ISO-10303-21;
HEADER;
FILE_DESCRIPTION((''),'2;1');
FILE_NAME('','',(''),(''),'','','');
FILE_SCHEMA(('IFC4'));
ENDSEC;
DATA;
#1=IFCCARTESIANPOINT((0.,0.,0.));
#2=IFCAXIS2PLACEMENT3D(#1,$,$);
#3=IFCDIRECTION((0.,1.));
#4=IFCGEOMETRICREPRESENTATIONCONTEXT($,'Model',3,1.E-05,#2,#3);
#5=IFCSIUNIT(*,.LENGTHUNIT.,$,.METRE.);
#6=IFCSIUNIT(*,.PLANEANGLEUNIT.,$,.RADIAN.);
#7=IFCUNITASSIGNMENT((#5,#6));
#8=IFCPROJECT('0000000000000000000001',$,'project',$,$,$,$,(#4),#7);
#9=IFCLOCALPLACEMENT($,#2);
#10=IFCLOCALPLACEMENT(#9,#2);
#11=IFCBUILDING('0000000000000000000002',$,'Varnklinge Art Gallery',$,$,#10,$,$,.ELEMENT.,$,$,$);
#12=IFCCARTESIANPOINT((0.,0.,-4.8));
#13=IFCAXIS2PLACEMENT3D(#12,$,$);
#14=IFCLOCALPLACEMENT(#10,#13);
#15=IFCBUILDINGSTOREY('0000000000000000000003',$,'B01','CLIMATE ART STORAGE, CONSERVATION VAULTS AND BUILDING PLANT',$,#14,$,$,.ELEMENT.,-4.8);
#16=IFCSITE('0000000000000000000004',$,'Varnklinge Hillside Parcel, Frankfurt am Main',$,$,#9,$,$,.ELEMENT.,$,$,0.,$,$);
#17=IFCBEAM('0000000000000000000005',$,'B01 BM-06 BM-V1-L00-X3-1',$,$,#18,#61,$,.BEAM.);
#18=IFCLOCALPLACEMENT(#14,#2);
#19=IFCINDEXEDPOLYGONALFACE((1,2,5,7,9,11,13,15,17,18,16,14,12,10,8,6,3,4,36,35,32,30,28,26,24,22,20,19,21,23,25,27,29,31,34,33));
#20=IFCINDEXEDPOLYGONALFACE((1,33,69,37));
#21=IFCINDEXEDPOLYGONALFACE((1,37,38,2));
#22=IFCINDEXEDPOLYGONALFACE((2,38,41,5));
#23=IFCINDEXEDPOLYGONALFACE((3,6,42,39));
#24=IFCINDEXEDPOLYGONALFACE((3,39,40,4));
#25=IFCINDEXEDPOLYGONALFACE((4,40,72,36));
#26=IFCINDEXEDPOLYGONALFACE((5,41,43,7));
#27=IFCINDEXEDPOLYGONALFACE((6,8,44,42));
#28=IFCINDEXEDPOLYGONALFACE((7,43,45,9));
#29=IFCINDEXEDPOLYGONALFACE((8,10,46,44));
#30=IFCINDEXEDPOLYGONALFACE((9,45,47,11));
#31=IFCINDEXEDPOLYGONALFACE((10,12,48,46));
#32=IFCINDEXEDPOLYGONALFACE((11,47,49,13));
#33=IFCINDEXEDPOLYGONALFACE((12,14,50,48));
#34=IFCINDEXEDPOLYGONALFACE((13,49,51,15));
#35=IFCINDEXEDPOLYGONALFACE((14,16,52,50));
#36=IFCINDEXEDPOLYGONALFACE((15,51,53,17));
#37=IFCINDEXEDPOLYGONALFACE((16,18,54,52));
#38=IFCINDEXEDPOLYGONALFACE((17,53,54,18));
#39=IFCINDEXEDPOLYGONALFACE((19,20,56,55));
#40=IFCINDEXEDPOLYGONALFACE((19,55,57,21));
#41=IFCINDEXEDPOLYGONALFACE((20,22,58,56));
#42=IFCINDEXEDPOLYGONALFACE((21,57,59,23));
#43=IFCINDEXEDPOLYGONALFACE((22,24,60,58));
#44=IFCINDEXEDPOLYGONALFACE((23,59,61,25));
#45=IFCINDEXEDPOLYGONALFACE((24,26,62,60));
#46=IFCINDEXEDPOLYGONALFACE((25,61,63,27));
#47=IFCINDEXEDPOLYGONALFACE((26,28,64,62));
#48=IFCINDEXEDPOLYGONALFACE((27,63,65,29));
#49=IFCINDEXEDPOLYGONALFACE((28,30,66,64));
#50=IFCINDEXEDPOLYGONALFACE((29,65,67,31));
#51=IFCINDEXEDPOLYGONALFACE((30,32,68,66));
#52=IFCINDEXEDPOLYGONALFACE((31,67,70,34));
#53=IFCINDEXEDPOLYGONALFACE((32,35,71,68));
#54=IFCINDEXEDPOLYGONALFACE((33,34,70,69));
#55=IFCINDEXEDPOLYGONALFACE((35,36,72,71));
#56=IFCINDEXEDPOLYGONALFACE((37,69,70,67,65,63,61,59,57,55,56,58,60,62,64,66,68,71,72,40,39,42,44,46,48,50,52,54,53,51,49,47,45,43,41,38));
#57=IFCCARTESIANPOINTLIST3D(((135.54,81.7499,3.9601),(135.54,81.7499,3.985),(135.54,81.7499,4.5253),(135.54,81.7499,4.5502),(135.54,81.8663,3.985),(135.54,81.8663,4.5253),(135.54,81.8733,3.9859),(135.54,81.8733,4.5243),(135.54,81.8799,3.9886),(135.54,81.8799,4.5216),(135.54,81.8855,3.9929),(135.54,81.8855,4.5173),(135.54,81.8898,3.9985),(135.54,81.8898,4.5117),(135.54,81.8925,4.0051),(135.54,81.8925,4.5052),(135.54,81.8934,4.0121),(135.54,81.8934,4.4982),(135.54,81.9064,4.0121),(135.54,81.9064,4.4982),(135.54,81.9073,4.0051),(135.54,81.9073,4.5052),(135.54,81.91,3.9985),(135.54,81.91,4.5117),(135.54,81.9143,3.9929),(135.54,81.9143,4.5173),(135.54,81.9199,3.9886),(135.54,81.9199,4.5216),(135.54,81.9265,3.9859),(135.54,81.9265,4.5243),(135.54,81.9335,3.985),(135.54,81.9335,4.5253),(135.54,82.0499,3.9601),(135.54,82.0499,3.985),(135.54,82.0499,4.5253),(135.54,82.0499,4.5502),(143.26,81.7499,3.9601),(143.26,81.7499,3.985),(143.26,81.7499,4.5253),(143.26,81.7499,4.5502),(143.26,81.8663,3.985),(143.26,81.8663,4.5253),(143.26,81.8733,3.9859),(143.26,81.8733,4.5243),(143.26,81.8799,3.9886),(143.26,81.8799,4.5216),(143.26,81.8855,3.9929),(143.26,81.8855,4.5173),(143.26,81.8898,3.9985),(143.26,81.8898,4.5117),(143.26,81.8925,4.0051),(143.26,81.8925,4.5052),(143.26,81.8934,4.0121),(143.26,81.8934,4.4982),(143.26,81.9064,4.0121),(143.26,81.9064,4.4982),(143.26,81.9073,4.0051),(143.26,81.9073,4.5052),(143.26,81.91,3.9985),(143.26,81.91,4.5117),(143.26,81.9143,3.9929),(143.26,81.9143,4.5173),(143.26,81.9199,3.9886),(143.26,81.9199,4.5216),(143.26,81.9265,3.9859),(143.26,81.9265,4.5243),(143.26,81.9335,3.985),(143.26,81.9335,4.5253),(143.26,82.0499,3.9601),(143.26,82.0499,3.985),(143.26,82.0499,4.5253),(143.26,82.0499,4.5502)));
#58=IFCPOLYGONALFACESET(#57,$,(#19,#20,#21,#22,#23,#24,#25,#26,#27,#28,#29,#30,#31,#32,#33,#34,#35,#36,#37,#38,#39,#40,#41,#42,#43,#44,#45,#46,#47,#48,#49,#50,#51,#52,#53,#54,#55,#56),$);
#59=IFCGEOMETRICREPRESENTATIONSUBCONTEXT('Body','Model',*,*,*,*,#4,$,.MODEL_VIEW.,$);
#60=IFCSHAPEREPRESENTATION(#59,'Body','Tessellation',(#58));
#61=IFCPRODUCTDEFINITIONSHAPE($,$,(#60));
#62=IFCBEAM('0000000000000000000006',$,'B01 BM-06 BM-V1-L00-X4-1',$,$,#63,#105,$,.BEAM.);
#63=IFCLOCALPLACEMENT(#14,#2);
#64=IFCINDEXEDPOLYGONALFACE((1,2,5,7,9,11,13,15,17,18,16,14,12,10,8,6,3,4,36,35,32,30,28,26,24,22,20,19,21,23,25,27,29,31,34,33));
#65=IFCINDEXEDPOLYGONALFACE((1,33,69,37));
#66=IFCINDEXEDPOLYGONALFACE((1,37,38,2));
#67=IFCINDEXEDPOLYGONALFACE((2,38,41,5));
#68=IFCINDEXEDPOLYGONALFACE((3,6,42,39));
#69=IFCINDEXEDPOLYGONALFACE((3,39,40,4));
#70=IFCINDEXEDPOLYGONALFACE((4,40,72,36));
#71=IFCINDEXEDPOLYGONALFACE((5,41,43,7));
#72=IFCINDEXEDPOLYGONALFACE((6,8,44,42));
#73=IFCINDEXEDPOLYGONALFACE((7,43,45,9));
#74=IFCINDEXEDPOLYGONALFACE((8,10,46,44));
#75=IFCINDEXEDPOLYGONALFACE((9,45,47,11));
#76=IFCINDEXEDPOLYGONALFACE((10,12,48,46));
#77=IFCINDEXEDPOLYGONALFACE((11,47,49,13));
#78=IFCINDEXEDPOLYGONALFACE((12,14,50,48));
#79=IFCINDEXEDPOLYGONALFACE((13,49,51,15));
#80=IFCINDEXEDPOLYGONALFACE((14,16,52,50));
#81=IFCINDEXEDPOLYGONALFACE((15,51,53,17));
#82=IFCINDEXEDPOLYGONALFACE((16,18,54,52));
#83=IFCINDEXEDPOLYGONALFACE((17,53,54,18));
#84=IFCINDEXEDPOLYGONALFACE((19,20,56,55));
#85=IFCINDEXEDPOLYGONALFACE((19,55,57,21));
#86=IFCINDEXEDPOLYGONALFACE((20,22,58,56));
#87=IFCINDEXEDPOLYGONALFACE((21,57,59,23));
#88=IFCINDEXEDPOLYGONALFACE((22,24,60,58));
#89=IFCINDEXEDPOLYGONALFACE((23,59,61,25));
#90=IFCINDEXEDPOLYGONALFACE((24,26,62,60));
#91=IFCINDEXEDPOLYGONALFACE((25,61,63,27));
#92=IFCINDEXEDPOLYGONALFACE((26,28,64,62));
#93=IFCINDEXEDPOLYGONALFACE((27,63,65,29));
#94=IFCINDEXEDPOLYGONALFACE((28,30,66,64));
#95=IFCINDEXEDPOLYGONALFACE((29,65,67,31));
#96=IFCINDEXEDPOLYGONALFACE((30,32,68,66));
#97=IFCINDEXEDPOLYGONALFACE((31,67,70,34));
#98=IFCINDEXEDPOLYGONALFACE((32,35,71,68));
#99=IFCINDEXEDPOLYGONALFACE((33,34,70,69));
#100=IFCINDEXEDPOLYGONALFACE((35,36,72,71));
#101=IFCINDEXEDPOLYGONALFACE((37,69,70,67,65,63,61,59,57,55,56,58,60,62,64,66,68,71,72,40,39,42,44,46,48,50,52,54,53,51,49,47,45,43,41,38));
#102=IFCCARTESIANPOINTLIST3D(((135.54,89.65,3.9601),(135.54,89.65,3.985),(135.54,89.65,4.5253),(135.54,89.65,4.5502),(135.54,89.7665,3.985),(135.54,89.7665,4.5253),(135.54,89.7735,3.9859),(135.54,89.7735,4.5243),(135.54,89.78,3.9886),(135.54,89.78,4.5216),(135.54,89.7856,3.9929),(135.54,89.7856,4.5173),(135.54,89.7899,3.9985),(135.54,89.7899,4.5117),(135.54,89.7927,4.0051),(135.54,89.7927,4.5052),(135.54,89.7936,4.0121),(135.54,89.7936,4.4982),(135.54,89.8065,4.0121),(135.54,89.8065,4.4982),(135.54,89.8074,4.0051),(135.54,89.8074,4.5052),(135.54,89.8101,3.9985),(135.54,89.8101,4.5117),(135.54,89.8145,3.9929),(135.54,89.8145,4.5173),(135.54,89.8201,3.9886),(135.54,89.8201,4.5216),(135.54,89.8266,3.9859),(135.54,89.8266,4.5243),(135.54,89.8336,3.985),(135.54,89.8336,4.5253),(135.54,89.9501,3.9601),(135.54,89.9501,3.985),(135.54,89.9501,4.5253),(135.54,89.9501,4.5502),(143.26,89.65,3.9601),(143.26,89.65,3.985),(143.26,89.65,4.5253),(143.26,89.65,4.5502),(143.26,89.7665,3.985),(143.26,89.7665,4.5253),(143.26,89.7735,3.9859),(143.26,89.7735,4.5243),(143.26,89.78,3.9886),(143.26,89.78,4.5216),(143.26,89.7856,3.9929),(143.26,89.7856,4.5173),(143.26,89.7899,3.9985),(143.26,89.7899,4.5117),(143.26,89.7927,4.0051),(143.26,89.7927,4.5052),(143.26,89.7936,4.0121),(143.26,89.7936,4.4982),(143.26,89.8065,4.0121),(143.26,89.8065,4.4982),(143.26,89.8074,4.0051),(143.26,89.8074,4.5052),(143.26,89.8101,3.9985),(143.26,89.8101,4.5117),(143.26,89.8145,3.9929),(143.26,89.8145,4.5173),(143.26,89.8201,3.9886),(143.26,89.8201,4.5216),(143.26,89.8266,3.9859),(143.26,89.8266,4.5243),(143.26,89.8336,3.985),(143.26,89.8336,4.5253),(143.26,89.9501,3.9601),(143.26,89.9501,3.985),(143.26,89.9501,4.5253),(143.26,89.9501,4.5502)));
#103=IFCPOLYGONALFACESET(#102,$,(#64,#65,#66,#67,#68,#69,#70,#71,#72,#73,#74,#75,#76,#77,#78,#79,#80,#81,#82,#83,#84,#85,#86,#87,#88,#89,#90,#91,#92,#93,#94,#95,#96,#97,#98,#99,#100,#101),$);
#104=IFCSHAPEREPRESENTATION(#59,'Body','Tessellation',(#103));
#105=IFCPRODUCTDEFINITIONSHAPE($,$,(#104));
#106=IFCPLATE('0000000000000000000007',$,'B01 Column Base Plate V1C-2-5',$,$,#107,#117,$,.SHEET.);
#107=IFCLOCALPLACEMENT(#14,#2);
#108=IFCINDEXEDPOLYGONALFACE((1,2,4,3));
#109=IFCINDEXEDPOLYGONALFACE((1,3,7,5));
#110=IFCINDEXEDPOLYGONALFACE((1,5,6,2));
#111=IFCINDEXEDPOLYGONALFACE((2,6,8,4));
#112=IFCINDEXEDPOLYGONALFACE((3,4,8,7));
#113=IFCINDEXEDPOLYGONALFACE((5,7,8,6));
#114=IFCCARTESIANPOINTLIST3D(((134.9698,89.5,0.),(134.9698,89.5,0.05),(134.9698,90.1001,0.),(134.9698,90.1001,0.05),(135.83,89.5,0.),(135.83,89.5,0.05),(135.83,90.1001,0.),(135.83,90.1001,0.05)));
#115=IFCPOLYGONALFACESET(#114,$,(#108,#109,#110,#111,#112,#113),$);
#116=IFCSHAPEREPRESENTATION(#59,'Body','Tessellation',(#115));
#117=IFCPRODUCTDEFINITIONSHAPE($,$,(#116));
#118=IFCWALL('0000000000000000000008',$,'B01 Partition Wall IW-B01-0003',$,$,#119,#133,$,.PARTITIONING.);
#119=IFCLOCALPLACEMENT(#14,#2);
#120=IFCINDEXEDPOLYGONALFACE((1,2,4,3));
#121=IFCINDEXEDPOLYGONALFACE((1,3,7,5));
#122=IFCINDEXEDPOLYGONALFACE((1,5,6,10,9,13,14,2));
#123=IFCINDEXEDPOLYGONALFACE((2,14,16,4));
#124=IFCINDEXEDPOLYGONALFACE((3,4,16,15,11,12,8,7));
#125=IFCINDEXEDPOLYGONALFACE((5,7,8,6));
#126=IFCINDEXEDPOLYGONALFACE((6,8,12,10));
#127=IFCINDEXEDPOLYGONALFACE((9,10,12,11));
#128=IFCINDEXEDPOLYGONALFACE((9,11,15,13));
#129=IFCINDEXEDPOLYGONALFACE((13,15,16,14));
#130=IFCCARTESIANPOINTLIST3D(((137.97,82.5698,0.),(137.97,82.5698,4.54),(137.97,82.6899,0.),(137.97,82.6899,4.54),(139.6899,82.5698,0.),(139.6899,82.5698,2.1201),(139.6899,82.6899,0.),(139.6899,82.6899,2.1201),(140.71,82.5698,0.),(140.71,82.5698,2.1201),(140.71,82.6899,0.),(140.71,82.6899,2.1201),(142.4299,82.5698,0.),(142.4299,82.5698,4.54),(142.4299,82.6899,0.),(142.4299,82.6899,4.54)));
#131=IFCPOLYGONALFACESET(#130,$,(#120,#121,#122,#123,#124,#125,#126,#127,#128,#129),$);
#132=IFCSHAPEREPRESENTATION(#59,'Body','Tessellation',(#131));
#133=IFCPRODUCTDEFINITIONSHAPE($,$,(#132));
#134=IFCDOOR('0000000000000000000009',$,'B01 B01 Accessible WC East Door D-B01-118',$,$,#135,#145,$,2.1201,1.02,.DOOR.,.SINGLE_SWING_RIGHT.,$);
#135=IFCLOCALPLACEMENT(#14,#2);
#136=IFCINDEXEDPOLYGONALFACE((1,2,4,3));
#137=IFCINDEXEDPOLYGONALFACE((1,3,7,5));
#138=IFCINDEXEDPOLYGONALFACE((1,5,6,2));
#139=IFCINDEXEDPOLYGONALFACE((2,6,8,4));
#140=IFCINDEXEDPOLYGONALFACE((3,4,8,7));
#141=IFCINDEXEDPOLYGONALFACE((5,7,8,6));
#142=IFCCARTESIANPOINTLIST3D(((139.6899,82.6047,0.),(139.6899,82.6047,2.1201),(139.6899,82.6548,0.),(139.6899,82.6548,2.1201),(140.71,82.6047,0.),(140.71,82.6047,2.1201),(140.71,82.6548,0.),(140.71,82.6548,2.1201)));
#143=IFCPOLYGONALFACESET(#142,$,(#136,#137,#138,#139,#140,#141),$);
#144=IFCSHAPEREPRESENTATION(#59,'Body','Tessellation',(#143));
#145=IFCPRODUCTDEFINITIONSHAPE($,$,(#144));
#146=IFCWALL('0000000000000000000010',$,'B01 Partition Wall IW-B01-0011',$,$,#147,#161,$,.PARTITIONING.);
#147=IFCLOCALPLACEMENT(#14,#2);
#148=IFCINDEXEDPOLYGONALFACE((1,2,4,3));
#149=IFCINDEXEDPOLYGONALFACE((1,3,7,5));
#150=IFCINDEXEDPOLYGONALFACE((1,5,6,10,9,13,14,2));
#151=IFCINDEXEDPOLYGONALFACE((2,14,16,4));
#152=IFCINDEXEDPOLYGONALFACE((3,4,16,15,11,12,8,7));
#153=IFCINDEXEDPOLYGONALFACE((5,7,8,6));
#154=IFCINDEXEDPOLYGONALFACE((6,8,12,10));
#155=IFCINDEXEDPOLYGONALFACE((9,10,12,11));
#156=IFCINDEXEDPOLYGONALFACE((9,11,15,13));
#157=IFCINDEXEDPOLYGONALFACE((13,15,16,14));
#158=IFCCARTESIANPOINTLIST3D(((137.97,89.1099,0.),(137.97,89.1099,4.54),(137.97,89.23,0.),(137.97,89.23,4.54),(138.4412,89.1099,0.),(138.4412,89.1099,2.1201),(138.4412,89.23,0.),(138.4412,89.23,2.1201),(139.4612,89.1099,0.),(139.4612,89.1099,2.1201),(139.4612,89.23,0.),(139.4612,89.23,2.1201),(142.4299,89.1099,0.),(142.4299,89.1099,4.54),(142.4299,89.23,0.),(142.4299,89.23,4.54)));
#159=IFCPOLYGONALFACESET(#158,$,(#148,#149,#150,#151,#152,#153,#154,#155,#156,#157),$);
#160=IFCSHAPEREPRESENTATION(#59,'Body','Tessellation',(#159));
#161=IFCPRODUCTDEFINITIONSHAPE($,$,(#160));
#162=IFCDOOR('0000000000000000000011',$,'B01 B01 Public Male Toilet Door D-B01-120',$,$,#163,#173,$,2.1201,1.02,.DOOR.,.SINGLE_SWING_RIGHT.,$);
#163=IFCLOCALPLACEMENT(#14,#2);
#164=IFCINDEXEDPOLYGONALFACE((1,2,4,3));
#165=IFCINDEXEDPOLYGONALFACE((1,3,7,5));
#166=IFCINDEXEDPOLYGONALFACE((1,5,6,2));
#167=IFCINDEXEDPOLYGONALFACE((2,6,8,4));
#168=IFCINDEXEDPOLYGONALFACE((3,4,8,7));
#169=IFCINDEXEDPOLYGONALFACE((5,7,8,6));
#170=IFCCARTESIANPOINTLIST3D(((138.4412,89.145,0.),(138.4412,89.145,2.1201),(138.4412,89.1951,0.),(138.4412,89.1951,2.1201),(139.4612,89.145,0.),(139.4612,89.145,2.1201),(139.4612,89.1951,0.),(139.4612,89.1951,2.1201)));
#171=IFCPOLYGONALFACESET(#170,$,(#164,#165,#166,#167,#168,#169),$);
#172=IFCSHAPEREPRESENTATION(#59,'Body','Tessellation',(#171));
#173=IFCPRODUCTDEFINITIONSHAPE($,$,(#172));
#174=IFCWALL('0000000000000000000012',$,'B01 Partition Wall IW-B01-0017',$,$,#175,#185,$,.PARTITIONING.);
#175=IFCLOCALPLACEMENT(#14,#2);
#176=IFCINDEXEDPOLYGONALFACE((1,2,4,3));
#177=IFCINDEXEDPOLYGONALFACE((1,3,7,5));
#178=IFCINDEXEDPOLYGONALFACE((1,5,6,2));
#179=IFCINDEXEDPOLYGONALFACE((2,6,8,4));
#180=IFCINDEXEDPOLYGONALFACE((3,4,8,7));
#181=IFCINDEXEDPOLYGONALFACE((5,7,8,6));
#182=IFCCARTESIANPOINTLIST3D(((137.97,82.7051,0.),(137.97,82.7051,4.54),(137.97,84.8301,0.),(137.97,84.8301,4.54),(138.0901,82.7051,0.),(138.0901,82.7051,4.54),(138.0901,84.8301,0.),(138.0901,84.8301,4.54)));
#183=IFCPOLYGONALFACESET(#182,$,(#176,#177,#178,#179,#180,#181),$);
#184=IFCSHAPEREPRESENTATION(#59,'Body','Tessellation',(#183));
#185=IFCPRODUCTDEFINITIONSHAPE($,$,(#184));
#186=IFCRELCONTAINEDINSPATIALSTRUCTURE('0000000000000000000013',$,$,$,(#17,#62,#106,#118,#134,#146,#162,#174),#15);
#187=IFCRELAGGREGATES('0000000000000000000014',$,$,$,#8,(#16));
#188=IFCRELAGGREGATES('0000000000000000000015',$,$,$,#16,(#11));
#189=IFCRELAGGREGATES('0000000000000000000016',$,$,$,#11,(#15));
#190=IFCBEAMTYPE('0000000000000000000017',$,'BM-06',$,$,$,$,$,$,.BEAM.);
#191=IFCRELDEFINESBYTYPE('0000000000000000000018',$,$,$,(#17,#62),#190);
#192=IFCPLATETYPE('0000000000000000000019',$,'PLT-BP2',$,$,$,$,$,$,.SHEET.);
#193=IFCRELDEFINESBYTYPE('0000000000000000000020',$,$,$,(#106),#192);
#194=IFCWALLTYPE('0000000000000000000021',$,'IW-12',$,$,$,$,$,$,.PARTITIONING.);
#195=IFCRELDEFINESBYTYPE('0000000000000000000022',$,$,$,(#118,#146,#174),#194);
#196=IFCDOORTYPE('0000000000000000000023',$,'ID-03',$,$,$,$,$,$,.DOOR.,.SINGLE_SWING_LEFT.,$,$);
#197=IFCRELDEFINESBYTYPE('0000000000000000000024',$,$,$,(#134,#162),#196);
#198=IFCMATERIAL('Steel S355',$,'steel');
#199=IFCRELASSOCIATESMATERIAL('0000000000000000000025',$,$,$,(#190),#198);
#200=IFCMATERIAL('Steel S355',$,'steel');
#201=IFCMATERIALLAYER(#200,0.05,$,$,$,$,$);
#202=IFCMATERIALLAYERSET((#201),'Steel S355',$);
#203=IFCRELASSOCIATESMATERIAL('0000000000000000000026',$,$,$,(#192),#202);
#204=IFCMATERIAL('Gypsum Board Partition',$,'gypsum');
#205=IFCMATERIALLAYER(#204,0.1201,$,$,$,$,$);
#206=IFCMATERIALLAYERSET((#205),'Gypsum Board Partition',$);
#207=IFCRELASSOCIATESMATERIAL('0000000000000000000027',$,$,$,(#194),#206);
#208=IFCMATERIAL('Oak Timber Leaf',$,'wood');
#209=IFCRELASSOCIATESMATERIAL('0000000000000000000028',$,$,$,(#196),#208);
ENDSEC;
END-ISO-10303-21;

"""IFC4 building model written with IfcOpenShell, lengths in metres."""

from ifc_helpers import new_model, si_unit, direction, frame, frame_2d, origin, origin_2d, place, context, subcontext, project, spatial, rectangle, i_section, extrude, material, layer, layer_set, material_profile, profile_set, type_object, element, fill, save


model = new_model("IFC4")

# Units and contexts
model_context = context("Model", 3, precision=1e-05, world=origin(), true_north=direction((0.0, 1.0)))
body_context = subcontext(model_context, "Body", "Model", "MODEL_VIEW")
ifc_project = project(units=[si_unit("LENGTHUNIT", "METRE"), si_unit("PLANEANGLEUNIT", "RADIAN")], contexts=[model_context])

# Site, building, storey
site_placement = place(None, origin())
site = spatial("IfcSite", under=ifc_project, at=site_placement, Name="Varnklinge Hillside Parcel, Frankfurt am Main", CompositionType="ELEMENT", RefElevation=0.0)
building_placement = place(site_placement, origin())
building = spatial("IfcBuilding", under=site, at=building_placement, Name="Varnklinge Art Gallery", CompositionType="ELEMENT")
storey_placement = place(building_placement, frame((0.0, 0.0, -4.8)))
storey = spatial("IfcBuildingStorey", under=building, at=storey_placement, Name="B01", Description="CLIMATE ART STORAGE, CONSERVATION VAULTS AND BUILDING PLANT", CompositionType="ELEMENT", Elevation=-4.8)

# Beams
ifc_material_1 = material(Name="Steel S355", Category="steel")
ifc_material_profile_1 = material_profile(ifc_material_1, i_section(OverallWidth=0.3, OverallDepth=0.5901, WebThickness=0.0129, FlangeThickness=0.0249, FilletRadius=0.0271, at=origin_2d()), Name="HEA 600")
ifc_profile_set_1 = profile_set([ifc_material_profile_1], Name="Steel S355")
beam_type = type_object("IfcBeamType", Name="BM-06", PredefinedType="BEAM", material=ifc_profile_set_1)
for number, where, z_axis, x_axis, name in (
    (1, (135.54, 81.8999, 4.2551), (1.0, 0.0, 0.0), (0.0, 1.0, 0.0), "B01 BM-06 BM-V1-L00-X3-1"),
    (2, (135.54, 89.8, 4.2551), (1.0, 0.0, 0.0), (0.0, 1.0, 0.0), "B01 BM-06 BM-V1-L00-X4-1"),
):
    element("IfcBeam", number, at=place(storey_placement, frame(where, z_axis=z_axis, x_axis=x_axis)), inside=storey, type_object=beam_type, Name=name, PredefinedType="BEAM", context=body_context, shape_type="SweptSolid", body=[
        extrude(i_section(OverallWidth=0.3, OverallDepth=0.5901, WebThickness=0.0129, FlangeThickness=0.0249, FilletRadius=0.0271, at=origin_2d()), origin(), (0.0, 0.0, 1.0), 7.72),
    ])

# Plate
ifc_material_2 = material(Name="Steel S355", Category="steel")
ifc_layer_1 = layer(ifc_material_2, 0.05)
ifc_layer_set_1 = layer_set([ifc_layer_1], Name="Steel S355")
plate_type = type_object("IfcPlateType", Name="PLT-BP2", PredefinedType="SHEET", material=ifc_layer_set_1)
plate_placement = place(storey_placement, frame((135.3999, 89.8, 0.0), z_axis=(0.0, 0.0, 1.0), x_axis=(1.0, 0.0, 0.0)))
element("IfcPlate", 3, at=plate_placement, inside=storey, type_object=plate_type, Name="B01 Column Base Plate V1C-2-5", PredefinedType="SHEET", context=body_context, shape_type="SweptSolid", body=[
    extrude(rectangle(XDim=0.8601, YDim=0.6001, at=origin_2d()), origin(), (0.0, 0.0, 1.0), 0.05),
])

# Walls, openings, doors
ifc_material_3 = material(Name="Gypsum Board Partition", Category="gypsum")
ifc_layer_2 = layer(ifc_material_3, 0.1201)
ifc_layer_set_2 = layer_set([ifc_layer_2], Name="Gypsum Board Partition")
wall_type_1 = type_object("IfcWallType", Name="IW-12", PredefinedType="PARTITIONING", material=ifc_layer_set_2)
wall_1_placement = place(storey_placement, frame((137.97, 82.6299, 0.0), z_axis=(0.0, 0.0, 1.0), x_axis=(1.0, 0.0, 0.0)))
wall_1 = element("IfcWall", 4, at=wall_1_placement, inside=storey, type_object=wall_type_1, Name="B01 Partition Wall IW-B01-0003", PredefinedType="PARTITIONING", context=body_context, shape_type="SweptSolid", body=[
    extrude(rectangle(XDim=4.46, YDim=0.1201, at=frame_2d((2.23, 0.0))), origin(), (0.0, 0.0, 1.0), 4.54),
])
opening_1_placement = place(wall_1_placement, frame((1.72, 0.0, 0.0)))
opening_1 = element("IfcOpeningElement", 5, at=opening_1_placement, cuts=wall_1, PredefinedType="OPENING", context=body_context, shape_type="SweptSolid", body=[
    extrude(rectangle(XDim=1.02, YDim=2.1201, at=frame_2d((0.51, 1.0601))), frame((0.0, 0.0701, 0.0), z_axis=(0.0, -1.0, 0.0), x_axis=(1.0, 0.0, 0.0)), (0.0, 0.0, 1.0), 0.1401),
])
ifc_material_4 = material(Name="Oak Timber Leaf", Category="wood")
door_type_1 = type_object("IfcDoorType", Name="ID-03", OperationType="SINGLE_SWING_LEFT", PredefinedType="DOOR", material=ifc_material_4)
door_1_placement = place(opening_1_placement, origin())
door_1 = element("IfcDoor", 6, at=door_1_placement, inside=storey, type_object=door_type_1, Name="B01 B01 Accessible WC East Door D-B01-118", OperationType="SINGLE_SWING_RIGHT", OverallHeight=2.1201, OverallWidth=1.02, PredefinedType="DOOR", context=body_context, shape_type="SweptSolid", body=[
    extrude(rectangle(XDim=1.02, YDim=2.1201, at=frame_2d((0.51, 1.0601))), frame((0.0, 0.0249, 0.0), z_axis=(0.0, -1.0, 0.0), x_axis=(1.0, 0.0, 0.0)), (0.0, 0.0, 1.0), 0.05),
])
fill(opening_1, door_1)
wall_2_placement = place(storey_placement, frame((142.4299, 89.1699, 0.0), z_axis=(0.0, 0.0, 1.0), x_axis=(-1.0, 0.0, 0.0)))
wall_2 = element("IfcWall", 7, at=wall_2_placement, inside=storey, type_object=wall_type_1, Name="B01 Partition Wall IW-B01-0011", PredefinedType="PARTITIONING", context=body_context, shape_type="SweptSolid", body=[
    extrude(rectangle(XDim=4.46, YDim=0.1201, at=frame_2d((2.23, 0.0))), origin(), (0.0, 0.0, 1.0), 4.54),
])
opening_2_placement = place(wall_2_placement, frame((2.9688, 0.0, 0.0)))
opening_2 = element("IfcOpeningElement", 8, at=opening_2_placement, cuts=wall_2, PredefinedType="OPENING", context=body_context, shape_type="SweptSolid", body=[
    extrude(rectangle(XDim=1.02, YDim=2.1201, at=frame_2d((0.51, 1.0601))), frame((0.0, 0.0701, 0.0), z_axis=(0.0, -1.0, 0.0), x_axis=(1.0, 0.0, 0.0)), (0.0, 0.0, 1.0), 0.1401),
])
door_2_placement = place(opening_2_placement, origin())
door_2 = element("IfcDoor", 9, at=door_2_placement, inside=storey, type_object=door_type_1, Name="B01 B01 Public Male Toilet Door D-B01-120", OperationType="SINGLE_SWING_RIGHT", OverallHeight=2.1201, OverallWidth=1.02, PredefinedType="DOOR", context=body_context, shape_type="SweptSolid", body=[
    extrude(rectangle(XDim=1.02, YDim=2.1201, at=frame_2d((0.51, 1.0601))), frame((0.0, 0.0249, 0.0), z_axis=(0.0, -1.0, 0.0), x_axis=(1.0, 0.0, 0.0)), (0.0, 0.0, 1.0), 0.05),
])
fill(opening_2, door_2)

# Wall
wall_3_placement = place(storey_placement, frame((138.03, 84.8301, 0.0), z_axis=(0.0, 0.0, 1.0), x_axis=(0.0, -1.0, 0.0)))
element("IfcWall", 10, at=wall_3_placement, inside=storey, type_object=wall_type_1, Name="B01 Partition Wall IW-B01-0017", PredefinedType="PARTITIONING", context=body_context, shape_type="SweptSolid", body=[
    extrude(rectangle(XDim=2.125, YDim=0.1201, at=frame_2d((1.0625, 0.0))), origin(), (0.0, 0.0, 1.0), 4.54),
])

save(model, "model.ifc")
